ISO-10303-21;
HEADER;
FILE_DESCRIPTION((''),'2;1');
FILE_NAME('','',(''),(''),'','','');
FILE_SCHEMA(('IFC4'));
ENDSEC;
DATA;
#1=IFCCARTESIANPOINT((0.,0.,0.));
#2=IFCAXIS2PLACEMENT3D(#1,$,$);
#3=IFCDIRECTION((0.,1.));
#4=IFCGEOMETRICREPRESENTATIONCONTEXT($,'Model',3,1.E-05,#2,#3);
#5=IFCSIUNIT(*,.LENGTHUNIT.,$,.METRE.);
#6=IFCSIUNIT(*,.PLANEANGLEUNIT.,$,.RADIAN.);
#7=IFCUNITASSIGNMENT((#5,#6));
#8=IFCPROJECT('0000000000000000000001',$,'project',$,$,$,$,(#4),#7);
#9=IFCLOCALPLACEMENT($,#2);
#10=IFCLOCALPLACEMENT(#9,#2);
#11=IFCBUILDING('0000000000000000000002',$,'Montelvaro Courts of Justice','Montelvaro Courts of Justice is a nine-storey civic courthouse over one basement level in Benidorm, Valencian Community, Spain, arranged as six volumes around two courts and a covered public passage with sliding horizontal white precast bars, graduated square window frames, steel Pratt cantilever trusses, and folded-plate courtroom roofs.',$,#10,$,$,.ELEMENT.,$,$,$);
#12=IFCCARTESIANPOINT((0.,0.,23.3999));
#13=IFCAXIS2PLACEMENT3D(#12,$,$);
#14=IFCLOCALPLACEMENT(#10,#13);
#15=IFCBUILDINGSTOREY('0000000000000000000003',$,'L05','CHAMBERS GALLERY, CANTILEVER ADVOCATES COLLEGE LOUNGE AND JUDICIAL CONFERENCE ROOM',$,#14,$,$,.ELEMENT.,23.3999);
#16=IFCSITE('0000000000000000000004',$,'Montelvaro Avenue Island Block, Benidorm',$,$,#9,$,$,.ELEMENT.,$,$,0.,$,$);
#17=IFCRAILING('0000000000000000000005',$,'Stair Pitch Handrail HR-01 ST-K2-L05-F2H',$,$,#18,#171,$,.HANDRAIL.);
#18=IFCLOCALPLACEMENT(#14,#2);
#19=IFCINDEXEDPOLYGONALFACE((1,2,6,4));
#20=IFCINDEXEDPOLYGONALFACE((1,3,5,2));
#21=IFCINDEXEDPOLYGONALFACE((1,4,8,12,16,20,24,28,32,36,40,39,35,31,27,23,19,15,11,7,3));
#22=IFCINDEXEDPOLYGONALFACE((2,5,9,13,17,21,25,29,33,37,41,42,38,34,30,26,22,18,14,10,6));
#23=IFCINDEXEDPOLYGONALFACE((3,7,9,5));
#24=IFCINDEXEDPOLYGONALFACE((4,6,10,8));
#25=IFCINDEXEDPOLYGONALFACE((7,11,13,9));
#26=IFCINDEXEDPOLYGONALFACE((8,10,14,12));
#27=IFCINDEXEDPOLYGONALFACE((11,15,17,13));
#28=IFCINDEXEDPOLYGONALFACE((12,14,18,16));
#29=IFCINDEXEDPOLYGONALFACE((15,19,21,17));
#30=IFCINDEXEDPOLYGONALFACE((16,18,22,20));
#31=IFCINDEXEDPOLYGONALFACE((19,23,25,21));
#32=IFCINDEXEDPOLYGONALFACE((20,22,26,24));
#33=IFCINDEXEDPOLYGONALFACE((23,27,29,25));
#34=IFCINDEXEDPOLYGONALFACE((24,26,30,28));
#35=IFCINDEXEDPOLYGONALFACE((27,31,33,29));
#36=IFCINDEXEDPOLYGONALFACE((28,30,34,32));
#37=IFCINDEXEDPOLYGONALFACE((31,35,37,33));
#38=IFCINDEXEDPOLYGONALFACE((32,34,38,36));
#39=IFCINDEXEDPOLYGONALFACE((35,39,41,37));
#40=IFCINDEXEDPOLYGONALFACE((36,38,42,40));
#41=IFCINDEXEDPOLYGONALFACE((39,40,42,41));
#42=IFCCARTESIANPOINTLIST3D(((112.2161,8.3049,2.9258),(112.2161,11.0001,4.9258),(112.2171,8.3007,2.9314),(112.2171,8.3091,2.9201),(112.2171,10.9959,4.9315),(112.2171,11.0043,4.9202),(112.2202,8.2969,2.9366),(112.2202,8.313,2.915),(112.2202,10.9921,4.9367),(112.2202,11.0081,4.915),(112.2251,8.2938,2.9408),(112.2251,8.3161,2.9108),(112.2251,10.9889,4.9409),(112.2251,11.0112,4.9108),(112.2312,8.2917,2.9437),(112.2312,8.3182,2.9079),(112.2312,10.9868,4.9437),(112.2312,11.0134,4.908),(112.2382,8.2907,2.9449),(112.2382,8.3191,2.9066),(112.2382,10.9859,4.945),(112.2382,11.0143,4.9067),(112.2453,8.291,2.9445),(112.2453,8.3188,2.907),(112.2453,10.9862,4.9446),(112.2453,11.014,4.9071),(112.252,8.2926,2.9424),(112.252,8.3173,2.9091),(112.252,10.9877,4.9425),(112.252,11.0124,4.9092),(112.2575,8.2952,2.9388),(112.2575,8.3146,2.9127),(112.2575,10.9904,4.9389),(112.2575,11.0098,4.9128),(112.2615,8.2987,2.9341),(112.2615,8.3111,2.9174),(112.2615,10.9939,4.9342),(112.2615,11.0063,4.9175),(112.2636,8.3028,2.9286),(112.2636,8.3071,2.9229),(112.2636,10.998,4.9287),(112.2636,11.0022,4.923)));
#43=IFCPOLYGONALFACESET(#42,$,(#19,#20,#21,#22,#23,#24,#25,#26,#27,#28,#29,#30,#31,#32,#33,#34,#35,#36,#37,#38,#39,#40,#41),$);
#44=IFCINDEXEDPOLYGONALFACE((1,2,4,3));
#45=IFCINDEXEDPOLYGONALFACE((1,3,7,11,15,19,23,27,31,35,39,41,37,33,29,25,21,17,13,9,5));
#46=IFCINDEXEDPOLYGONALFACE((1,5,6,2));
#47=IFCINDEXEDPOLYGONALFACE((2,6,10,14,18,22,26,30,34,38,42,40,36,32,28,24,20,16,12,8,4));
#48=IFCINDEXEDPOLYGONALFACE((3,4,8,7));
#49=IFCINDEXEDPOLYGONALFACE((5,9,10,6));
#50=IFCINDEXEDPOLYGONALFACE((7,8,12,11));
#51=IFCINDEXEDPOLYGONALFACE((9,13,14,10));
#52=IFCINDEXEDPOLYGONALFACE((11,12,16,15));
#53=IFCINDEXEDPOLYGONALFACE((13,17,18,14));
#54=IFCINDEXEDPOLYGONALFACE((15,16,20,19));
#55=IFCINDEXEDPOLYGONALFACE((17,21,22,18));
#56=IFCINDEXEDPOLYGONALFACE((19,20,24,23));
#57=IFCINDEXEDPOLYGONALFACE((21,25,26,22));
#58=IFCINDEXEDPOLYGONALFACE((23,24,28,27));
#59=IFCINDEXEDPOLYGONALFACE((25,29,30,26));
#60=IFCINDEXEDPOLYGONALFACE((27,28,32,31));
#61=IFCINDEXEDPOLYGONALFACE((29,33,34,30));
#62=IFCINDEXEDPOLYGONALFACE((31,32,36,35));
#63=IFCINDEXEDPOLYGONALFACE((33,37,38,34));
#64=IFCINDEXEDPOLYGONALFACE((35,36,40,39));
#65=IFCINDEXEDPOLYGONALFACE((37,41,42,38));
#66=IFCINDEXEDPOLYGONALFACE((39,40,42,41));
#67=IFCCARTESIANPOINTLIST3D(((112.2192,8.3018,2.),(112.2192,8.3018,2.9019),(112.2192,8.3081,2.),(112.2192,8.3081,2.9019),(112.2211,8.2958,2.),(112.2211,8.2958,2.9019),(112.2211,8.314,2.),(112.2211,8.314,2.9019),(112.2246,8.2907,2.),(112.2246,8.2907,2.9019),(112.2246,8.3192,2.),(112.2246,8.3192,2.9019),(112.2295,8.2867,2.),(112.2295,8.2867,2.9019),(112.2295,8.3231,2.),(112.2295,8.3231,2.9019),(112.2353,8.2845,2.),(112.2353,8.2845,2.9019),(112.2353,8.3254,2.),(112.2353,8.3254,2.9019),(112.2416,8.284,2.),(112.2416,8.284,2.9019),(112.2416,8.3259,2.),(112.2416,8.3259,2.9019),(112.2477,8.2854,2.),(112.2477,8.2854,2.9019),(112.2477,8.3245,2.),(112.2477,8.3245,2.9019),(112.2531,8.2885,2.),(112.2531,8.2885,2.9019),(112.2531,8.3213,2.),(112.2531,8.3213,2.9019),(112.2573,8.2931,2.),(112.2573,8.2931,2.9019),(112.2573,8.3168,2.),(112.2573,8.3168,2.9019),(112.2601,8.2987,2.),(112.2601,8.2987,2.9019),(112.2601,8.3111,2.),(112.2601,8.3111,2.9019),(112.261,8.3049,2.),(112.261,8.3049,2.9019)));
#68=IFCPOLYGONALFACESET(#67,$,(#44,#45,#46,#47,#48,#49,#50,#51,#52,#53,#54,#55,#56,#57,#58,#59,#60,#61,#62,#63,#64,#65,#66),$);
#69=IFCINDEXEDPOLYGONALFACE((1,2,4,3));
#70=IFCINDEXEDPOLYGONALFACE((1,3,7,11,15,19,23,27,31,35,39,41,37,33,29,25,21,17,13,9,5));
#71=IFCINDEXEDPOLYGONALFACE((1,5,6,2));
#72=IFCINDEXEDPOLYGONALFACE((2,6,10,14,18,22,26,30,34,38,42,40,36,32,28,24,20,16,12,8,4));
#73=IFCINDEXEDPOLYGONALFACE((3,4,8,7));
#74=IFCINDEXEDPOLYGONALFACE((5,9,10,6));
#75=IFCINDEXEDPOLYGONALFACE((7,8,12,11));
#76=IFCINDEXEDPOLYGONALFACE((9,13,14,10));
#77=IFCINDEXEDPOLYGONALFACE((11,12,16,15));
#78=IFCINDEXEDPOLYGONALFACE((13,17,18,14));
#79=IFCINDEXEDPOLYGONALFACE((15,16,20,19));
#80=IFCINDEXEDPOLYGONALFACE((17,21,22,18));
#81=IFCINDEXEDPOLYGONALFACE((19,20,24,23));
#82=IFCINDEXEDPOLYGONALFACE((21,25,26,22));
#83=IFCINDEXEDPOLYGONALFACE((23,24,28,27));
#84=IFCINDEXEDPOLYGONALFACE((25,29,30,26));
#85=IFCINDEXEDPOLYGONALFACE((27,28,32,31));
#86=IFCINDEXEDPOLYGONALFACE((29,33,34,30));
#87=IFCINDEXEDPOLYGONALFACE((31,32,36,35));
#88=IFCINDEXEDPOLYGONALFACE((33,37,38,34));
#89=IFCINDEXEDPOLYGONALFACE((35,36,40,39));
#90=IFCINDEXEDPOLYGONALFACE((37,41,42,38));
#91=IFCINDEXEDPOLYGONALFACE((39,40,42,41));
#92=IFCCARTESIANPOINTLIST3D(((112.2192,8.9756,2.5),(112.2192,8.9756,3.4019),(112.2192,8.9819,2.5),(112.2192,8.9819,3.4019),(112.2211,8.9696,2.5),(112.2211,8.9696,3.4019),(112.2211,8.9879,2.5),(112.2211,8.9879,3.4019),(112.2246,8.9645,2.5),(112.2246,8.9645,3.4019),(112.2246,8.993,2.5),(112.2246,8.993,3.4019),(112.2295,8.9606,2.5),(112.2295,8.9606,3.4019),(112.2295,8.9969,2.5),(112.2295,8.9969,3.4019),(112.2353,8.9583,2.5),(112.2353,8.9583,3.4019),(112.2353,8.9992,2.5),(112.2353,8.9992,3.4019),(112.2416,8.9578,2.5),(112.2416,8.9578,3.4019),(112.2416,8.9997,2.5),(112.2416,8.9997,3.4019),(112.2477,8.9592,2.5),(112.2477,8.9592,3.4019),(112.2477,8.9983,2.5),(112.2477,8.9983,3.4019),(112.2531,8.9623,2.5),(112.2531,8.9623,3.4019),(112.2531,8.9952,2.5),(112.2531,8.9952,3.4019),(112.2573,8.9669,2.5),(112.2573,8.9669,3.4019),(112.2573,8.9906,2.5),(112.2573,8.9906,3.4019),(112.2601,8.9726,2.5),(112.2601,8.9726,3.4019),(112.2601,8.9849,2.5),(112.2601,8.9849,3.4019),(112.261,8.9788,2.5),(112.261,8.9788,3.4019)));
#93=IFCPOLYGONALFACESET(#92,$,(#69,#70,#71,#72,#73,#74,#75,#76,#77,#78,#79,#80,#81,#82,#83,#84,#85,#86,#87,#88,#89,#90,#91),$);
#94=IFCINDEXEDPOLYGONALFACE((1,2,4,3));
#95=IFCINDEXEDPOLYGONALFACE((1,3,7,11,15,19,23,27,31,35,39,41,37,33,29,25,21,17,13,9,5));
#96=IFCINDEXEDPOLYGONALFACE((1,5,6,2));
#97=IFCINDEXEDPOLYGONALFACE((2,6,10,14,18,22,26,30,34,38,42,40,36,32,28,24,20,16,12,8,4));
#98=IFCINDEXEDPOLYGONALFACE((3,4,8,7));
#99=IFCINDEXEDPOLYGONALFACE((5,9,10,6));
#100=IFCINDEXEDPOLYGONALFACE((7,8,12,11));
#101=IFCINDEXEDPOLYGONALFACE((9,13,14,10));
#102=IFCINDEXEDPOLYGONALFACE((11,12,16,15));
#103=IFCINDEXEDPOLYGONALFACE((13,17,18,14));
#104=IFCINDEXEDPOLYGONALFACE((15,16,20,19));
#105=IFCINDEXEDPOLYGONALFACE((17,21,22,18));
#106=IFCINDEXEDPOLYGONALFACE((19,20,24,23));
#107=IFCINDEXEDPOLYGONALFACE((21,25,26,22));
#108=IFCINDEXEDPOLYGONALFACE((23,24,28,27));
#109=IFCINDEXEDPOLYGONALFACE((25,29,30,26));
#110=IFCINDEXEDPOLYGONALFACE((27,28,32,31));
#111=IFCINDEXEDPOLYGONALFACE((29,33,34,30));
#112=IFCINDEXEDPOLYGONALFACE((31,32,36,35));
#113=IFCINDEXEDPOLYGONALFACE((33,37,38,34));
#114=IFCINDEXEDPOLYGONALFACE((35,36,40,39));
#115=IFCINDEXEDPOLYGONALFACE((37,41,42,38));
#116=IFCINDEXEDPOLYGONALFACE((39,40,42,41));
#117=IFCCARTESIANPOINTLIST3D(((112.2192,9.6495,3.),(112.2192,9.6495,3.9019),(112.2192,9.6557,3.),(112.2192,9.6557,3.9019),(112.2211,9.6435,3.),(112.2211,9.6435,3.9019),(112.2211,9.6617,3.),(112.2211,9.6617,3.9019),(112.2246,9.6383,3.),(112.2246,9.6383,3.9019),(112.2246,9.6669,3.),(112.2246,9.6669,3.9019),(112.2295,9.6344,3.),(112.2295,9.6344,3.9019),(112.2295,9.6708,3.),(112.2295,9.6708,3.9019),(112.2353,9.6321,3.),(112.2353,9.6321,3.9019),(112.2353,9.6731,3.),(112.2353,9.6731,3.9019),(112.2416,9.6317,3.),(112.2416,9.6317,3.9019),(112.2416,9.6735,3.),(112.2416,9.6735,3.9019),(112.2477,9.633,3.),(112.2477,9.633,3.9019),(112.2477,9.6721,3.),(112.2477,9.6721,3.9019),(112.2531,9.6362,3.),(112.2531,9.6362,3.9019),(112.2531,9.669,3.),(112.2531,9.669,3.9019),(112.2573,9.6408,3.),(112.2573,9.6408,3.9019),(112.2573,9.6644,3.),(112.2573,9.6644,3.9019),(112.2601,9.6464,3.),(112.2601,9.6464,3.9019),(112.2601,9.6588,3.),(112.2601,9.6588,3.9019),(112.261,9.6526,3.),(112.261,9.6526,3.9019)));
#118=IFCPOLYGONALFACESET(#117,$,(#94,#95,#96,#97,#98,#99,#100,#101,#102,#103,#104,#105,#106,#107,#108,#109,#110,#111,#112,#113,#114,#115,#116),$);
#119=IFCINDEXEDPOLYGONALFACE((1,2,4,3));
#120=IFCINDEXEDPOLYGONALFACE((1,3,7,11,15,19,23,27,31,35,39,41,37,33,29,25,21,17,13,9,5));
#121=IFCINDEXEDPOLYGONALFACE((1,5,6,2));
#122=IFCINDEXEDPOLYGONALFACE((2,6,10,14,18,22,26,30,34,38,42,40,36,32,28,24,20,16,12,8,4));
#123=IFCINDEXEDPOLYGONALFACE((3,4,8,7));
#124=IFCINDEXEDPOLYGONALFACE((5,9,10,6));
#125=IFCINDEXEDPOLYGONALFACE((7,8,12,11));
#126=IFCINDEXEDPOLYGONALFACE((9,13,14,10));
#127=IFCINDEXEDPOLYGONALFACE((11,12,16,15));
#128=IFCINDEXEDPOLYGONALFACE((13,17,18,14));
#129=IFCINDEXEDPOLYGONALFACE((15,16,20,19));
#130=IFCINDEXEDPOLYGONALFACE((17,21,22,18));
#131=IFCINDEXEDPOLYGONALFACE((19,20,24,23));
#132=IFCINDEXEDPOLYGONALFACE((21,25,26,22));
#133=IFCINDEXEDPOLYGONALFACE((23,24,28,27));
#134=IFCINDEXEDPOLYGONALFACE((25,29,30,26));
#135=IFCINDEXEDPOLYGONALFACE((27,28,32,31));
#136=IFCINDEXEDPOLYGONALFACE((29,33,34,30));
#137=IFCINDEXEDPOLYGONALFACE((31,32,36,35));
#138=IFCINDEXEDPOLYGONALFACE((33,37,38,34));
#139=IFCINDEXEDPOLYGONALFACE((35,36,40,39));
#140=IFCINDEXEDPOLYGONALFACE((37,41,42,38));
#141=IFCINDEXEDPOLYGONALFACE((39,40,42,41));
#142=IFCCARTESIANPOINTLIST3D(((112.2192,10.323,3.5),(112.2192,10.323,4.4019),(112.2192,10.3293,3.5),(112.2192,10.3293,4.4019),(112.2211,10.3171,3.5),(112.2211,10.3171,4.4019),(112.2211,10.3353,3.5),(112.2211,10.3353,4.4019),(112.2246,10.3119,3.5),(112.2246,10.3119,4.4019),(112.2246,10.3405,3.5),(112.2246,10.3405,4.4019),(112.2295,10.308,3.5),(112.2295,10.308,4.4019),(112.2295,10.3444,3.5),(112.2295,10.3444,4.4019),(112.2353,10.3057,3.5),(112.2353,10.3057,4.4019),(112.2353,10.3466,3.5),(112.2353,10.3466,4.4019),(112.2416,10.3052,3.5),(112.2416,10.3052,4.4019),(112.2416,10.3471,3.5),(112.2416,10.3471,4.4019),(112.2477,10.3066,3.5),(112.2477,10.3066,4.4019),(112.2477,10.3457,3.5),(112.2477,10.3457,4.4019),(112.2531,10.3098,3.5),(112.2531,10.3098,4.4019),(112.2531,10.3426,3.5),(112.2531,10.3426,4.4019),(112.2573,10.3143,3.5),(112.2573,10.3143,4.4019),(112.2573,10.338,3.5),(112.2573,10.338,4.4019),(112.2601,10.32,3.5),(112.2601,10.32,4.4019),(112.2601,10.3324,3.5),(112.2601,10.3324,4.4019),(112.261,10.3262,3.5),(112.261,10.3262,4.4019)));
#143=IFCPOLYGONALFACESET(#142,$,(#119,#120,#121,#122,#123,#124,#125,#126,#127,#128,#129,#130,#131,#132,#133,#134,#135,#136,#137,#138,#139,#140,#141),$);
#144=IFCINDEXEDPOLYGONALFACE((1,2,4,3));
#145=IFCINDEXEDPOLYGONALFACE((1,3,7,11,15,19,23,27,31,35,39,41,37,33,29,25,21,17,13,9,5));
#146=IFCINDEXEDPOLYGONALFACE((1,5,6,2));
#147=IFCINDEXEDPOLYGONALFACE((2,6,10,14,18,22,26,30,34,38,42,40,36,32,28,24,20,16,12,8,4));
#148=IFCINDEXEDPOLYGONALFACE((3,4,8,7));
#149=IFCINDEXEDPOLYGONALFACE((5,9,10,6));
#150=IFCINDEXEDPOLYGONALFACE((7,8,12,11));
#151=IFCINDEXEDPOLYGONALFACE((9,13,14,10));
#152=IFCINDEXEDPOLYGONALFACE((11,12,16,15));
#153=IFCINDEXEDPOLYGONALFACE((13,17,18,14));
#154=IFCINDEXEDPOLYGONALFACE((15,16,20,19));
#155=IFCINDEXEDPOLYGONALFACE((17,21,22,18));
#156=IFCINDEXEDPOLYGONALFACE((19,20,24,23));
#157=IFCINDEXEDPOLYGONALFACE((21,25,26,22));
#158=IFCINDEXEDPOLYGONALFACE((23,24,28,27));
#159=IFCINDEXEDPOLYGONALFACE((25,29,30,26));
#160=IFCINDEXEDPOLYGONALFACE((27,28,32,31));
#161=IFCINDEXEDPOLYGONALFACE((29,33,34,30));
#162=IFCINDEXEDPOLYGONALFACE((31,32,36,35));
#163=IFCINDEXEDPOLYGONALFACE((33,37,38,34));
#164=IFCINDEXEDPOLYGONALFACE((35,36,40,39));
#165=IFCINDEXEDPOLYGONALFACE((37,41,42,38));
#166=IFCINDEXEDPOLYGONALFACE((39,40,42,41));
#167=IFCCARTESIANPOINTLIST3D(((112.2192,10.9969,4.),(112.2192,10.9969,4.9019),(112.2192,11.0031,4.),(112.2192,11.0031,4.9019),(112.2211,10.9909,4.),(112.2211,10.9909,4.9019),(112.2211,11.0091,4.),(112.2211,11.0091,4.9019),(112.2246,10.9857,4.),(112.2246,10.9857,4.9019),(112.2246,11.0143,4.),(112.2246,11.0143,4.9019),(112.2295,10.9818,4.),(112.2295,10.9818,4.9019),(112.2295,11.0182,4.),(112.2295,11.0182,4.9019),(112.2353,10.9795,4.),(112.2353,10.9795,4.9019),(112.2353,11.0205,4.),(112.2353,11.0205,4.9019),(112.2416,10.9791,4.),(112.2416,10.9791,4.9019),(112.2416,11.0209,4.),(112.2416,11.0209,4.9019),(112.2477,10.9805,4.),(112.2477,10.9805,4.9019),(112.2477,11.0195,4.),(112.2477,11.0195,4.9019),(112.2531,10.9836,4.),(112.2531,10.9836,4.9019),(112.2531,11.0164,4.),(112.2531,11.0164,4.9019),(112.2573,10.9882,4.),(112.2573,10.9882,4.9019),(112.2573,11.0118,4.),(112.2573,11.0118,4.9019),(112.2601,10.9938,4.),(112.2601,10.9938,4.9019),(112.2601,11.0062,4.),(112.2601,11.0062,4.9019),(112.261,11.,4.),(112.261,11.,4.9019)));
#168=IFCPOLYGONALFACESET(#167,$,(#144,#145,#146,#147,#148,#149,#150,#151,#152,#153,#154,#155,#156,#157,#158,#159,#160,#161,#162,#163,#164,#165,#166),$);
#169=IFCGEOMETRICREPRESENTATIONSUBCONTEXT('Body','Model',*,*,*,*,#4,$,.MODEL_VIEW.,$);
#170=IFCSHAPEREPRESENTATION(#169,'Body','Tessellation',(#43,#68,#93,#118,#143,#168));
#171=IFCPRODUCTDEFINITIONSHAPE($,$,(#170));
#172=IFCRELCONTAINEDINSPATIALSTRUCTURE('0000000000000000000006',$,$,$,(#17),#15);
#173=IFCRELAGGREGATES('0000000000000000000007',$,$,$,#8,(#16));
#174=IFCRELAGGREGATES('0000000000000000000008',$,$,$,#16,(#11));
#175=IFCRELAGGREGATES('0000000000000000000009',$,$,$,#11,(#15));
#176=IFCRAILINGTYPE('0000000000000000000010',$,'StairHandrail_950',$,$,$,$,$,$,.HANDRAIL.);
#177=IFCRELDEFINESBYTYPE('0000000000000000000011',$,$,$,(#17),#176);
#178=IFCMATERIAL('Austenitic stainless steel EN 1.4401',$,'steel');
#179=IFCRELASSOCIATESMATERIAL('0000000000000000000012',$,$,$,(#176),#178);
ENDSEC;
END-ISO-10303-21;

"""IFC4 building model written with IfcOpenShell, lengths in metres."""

from ifc_helpers import new_model, si_unit, direction, frame, origin, origin_2d, place, context, subcontext, project, spatial, circle, extrude, material, type_object, element, save


model = new_model("IFC4")

# Units and contexts
model_context = context("Model", 3, precision=1e-05, world=origin(), true_north=direction((0.0, 1.0)))
body_context = subcontext(model_context, "Body", "Model", "MODEL_VIEW")
ifc_project = project(units=[si_unit("LENGTHUNIT", "METRE"), si_unit("PLANEANGLEUNIT", "RADIAN")], contexts=[model_context])

# Site, building, storey
site_placement = place(None, origin())
site = spatial("IfcSite", under=ifc_project, at=site_placement, Name="Montelvaro Avenue Island Block, Benidorm", CompositionType="ELEMENT", RefElevation=0.0)
building_placement = place(site_placement, origin())
building = spatial("IfcBuilding", under=site, at=building_placement, Name="Montelvaro Courts of Justice", Description="Montelvaro Courts of Justice is a nine-storey civic courthouse over one basement level in Benidorm, Valencian Community, Spain, arranged as six volumes around two courts and a covered public passage with sliding horizontal white precast bars, graduated square window frames, steel Pratt cantilever trusses, and folded-plate courtroom roofs.", CompositionType="ELEMENT")
storey_placement = place(building_placement, frame((0.0, 0.0, 23.3999)))
storey = spatial("IfcBuildingStorey", under=building, at=storey_placement, Name="L05", Description="CHAMBERS GALLERY, CANTILEVER ADVOCATES COLLEGE LOUNGE AND JUDICIAL CONFERENCE ROOM", CompositionType="ELEMENT", Elevation=23.3999)

# Railing
ifc_material_1 = material(Name="Austenitic stainless steel EN 1.4401", Category="steel")
railing_type_1 = type_object("IfcRailingType", Name="StairHandrail_950", PredefinedType="HANDRAIL", material=ifc_material_1)
railing_1_placement = place(storey_placement, frame((112.24, 8.3049, 2.0)))
element("IfcRailing", 1, at=railing_1_placement, inside=storey, type_object=railing_type_1, Name="Stair Pitch Handrail HR-01 ST-K2-L05-F2H", PredefinedType="HANDRAIL", context=body_context, shape_type="SweptSolid", body=[
    extrude(circle(Radius=0.0239, at=origin_2d()), frame((0.0, 0.0, 0.9258), z_axis=(0.0, 0.803036, 0.59593), x_axis=(-1.0, 0.0, 0.0)), (0.0, 0.0, 1.0), 3.3562),
    extrude(circle(Radius=0.021, at=origin_2d()), origin(), (0.0, 0.0, 1.0), 0.9019),
    extrude(circle(Radius=0.021, at=origin_2d()), frame((0.0, 0.6738, 0.5)), (0.0, 0.0, 1.0), 0.9019),
    extrude(circle(Radius=0.021, at=origin_2d()), frame((0.0, 1.3477, 1.0)), (0.0, 0.0, 1.0), 0.9019),
    extrude(circle(Radius=0.021, at=origin_2d()), frame((0.0, 2.0212, 1.5)), (0.0, 0.0, 1.0), 0.9019),
    extrude(circle(Radius=0.021, at=origin_2d()), frame((0.0, 2.6951, 2.0)), (0.0, 0.0, 1.0), 0.9019),
])

save(model, "model.ifc")
